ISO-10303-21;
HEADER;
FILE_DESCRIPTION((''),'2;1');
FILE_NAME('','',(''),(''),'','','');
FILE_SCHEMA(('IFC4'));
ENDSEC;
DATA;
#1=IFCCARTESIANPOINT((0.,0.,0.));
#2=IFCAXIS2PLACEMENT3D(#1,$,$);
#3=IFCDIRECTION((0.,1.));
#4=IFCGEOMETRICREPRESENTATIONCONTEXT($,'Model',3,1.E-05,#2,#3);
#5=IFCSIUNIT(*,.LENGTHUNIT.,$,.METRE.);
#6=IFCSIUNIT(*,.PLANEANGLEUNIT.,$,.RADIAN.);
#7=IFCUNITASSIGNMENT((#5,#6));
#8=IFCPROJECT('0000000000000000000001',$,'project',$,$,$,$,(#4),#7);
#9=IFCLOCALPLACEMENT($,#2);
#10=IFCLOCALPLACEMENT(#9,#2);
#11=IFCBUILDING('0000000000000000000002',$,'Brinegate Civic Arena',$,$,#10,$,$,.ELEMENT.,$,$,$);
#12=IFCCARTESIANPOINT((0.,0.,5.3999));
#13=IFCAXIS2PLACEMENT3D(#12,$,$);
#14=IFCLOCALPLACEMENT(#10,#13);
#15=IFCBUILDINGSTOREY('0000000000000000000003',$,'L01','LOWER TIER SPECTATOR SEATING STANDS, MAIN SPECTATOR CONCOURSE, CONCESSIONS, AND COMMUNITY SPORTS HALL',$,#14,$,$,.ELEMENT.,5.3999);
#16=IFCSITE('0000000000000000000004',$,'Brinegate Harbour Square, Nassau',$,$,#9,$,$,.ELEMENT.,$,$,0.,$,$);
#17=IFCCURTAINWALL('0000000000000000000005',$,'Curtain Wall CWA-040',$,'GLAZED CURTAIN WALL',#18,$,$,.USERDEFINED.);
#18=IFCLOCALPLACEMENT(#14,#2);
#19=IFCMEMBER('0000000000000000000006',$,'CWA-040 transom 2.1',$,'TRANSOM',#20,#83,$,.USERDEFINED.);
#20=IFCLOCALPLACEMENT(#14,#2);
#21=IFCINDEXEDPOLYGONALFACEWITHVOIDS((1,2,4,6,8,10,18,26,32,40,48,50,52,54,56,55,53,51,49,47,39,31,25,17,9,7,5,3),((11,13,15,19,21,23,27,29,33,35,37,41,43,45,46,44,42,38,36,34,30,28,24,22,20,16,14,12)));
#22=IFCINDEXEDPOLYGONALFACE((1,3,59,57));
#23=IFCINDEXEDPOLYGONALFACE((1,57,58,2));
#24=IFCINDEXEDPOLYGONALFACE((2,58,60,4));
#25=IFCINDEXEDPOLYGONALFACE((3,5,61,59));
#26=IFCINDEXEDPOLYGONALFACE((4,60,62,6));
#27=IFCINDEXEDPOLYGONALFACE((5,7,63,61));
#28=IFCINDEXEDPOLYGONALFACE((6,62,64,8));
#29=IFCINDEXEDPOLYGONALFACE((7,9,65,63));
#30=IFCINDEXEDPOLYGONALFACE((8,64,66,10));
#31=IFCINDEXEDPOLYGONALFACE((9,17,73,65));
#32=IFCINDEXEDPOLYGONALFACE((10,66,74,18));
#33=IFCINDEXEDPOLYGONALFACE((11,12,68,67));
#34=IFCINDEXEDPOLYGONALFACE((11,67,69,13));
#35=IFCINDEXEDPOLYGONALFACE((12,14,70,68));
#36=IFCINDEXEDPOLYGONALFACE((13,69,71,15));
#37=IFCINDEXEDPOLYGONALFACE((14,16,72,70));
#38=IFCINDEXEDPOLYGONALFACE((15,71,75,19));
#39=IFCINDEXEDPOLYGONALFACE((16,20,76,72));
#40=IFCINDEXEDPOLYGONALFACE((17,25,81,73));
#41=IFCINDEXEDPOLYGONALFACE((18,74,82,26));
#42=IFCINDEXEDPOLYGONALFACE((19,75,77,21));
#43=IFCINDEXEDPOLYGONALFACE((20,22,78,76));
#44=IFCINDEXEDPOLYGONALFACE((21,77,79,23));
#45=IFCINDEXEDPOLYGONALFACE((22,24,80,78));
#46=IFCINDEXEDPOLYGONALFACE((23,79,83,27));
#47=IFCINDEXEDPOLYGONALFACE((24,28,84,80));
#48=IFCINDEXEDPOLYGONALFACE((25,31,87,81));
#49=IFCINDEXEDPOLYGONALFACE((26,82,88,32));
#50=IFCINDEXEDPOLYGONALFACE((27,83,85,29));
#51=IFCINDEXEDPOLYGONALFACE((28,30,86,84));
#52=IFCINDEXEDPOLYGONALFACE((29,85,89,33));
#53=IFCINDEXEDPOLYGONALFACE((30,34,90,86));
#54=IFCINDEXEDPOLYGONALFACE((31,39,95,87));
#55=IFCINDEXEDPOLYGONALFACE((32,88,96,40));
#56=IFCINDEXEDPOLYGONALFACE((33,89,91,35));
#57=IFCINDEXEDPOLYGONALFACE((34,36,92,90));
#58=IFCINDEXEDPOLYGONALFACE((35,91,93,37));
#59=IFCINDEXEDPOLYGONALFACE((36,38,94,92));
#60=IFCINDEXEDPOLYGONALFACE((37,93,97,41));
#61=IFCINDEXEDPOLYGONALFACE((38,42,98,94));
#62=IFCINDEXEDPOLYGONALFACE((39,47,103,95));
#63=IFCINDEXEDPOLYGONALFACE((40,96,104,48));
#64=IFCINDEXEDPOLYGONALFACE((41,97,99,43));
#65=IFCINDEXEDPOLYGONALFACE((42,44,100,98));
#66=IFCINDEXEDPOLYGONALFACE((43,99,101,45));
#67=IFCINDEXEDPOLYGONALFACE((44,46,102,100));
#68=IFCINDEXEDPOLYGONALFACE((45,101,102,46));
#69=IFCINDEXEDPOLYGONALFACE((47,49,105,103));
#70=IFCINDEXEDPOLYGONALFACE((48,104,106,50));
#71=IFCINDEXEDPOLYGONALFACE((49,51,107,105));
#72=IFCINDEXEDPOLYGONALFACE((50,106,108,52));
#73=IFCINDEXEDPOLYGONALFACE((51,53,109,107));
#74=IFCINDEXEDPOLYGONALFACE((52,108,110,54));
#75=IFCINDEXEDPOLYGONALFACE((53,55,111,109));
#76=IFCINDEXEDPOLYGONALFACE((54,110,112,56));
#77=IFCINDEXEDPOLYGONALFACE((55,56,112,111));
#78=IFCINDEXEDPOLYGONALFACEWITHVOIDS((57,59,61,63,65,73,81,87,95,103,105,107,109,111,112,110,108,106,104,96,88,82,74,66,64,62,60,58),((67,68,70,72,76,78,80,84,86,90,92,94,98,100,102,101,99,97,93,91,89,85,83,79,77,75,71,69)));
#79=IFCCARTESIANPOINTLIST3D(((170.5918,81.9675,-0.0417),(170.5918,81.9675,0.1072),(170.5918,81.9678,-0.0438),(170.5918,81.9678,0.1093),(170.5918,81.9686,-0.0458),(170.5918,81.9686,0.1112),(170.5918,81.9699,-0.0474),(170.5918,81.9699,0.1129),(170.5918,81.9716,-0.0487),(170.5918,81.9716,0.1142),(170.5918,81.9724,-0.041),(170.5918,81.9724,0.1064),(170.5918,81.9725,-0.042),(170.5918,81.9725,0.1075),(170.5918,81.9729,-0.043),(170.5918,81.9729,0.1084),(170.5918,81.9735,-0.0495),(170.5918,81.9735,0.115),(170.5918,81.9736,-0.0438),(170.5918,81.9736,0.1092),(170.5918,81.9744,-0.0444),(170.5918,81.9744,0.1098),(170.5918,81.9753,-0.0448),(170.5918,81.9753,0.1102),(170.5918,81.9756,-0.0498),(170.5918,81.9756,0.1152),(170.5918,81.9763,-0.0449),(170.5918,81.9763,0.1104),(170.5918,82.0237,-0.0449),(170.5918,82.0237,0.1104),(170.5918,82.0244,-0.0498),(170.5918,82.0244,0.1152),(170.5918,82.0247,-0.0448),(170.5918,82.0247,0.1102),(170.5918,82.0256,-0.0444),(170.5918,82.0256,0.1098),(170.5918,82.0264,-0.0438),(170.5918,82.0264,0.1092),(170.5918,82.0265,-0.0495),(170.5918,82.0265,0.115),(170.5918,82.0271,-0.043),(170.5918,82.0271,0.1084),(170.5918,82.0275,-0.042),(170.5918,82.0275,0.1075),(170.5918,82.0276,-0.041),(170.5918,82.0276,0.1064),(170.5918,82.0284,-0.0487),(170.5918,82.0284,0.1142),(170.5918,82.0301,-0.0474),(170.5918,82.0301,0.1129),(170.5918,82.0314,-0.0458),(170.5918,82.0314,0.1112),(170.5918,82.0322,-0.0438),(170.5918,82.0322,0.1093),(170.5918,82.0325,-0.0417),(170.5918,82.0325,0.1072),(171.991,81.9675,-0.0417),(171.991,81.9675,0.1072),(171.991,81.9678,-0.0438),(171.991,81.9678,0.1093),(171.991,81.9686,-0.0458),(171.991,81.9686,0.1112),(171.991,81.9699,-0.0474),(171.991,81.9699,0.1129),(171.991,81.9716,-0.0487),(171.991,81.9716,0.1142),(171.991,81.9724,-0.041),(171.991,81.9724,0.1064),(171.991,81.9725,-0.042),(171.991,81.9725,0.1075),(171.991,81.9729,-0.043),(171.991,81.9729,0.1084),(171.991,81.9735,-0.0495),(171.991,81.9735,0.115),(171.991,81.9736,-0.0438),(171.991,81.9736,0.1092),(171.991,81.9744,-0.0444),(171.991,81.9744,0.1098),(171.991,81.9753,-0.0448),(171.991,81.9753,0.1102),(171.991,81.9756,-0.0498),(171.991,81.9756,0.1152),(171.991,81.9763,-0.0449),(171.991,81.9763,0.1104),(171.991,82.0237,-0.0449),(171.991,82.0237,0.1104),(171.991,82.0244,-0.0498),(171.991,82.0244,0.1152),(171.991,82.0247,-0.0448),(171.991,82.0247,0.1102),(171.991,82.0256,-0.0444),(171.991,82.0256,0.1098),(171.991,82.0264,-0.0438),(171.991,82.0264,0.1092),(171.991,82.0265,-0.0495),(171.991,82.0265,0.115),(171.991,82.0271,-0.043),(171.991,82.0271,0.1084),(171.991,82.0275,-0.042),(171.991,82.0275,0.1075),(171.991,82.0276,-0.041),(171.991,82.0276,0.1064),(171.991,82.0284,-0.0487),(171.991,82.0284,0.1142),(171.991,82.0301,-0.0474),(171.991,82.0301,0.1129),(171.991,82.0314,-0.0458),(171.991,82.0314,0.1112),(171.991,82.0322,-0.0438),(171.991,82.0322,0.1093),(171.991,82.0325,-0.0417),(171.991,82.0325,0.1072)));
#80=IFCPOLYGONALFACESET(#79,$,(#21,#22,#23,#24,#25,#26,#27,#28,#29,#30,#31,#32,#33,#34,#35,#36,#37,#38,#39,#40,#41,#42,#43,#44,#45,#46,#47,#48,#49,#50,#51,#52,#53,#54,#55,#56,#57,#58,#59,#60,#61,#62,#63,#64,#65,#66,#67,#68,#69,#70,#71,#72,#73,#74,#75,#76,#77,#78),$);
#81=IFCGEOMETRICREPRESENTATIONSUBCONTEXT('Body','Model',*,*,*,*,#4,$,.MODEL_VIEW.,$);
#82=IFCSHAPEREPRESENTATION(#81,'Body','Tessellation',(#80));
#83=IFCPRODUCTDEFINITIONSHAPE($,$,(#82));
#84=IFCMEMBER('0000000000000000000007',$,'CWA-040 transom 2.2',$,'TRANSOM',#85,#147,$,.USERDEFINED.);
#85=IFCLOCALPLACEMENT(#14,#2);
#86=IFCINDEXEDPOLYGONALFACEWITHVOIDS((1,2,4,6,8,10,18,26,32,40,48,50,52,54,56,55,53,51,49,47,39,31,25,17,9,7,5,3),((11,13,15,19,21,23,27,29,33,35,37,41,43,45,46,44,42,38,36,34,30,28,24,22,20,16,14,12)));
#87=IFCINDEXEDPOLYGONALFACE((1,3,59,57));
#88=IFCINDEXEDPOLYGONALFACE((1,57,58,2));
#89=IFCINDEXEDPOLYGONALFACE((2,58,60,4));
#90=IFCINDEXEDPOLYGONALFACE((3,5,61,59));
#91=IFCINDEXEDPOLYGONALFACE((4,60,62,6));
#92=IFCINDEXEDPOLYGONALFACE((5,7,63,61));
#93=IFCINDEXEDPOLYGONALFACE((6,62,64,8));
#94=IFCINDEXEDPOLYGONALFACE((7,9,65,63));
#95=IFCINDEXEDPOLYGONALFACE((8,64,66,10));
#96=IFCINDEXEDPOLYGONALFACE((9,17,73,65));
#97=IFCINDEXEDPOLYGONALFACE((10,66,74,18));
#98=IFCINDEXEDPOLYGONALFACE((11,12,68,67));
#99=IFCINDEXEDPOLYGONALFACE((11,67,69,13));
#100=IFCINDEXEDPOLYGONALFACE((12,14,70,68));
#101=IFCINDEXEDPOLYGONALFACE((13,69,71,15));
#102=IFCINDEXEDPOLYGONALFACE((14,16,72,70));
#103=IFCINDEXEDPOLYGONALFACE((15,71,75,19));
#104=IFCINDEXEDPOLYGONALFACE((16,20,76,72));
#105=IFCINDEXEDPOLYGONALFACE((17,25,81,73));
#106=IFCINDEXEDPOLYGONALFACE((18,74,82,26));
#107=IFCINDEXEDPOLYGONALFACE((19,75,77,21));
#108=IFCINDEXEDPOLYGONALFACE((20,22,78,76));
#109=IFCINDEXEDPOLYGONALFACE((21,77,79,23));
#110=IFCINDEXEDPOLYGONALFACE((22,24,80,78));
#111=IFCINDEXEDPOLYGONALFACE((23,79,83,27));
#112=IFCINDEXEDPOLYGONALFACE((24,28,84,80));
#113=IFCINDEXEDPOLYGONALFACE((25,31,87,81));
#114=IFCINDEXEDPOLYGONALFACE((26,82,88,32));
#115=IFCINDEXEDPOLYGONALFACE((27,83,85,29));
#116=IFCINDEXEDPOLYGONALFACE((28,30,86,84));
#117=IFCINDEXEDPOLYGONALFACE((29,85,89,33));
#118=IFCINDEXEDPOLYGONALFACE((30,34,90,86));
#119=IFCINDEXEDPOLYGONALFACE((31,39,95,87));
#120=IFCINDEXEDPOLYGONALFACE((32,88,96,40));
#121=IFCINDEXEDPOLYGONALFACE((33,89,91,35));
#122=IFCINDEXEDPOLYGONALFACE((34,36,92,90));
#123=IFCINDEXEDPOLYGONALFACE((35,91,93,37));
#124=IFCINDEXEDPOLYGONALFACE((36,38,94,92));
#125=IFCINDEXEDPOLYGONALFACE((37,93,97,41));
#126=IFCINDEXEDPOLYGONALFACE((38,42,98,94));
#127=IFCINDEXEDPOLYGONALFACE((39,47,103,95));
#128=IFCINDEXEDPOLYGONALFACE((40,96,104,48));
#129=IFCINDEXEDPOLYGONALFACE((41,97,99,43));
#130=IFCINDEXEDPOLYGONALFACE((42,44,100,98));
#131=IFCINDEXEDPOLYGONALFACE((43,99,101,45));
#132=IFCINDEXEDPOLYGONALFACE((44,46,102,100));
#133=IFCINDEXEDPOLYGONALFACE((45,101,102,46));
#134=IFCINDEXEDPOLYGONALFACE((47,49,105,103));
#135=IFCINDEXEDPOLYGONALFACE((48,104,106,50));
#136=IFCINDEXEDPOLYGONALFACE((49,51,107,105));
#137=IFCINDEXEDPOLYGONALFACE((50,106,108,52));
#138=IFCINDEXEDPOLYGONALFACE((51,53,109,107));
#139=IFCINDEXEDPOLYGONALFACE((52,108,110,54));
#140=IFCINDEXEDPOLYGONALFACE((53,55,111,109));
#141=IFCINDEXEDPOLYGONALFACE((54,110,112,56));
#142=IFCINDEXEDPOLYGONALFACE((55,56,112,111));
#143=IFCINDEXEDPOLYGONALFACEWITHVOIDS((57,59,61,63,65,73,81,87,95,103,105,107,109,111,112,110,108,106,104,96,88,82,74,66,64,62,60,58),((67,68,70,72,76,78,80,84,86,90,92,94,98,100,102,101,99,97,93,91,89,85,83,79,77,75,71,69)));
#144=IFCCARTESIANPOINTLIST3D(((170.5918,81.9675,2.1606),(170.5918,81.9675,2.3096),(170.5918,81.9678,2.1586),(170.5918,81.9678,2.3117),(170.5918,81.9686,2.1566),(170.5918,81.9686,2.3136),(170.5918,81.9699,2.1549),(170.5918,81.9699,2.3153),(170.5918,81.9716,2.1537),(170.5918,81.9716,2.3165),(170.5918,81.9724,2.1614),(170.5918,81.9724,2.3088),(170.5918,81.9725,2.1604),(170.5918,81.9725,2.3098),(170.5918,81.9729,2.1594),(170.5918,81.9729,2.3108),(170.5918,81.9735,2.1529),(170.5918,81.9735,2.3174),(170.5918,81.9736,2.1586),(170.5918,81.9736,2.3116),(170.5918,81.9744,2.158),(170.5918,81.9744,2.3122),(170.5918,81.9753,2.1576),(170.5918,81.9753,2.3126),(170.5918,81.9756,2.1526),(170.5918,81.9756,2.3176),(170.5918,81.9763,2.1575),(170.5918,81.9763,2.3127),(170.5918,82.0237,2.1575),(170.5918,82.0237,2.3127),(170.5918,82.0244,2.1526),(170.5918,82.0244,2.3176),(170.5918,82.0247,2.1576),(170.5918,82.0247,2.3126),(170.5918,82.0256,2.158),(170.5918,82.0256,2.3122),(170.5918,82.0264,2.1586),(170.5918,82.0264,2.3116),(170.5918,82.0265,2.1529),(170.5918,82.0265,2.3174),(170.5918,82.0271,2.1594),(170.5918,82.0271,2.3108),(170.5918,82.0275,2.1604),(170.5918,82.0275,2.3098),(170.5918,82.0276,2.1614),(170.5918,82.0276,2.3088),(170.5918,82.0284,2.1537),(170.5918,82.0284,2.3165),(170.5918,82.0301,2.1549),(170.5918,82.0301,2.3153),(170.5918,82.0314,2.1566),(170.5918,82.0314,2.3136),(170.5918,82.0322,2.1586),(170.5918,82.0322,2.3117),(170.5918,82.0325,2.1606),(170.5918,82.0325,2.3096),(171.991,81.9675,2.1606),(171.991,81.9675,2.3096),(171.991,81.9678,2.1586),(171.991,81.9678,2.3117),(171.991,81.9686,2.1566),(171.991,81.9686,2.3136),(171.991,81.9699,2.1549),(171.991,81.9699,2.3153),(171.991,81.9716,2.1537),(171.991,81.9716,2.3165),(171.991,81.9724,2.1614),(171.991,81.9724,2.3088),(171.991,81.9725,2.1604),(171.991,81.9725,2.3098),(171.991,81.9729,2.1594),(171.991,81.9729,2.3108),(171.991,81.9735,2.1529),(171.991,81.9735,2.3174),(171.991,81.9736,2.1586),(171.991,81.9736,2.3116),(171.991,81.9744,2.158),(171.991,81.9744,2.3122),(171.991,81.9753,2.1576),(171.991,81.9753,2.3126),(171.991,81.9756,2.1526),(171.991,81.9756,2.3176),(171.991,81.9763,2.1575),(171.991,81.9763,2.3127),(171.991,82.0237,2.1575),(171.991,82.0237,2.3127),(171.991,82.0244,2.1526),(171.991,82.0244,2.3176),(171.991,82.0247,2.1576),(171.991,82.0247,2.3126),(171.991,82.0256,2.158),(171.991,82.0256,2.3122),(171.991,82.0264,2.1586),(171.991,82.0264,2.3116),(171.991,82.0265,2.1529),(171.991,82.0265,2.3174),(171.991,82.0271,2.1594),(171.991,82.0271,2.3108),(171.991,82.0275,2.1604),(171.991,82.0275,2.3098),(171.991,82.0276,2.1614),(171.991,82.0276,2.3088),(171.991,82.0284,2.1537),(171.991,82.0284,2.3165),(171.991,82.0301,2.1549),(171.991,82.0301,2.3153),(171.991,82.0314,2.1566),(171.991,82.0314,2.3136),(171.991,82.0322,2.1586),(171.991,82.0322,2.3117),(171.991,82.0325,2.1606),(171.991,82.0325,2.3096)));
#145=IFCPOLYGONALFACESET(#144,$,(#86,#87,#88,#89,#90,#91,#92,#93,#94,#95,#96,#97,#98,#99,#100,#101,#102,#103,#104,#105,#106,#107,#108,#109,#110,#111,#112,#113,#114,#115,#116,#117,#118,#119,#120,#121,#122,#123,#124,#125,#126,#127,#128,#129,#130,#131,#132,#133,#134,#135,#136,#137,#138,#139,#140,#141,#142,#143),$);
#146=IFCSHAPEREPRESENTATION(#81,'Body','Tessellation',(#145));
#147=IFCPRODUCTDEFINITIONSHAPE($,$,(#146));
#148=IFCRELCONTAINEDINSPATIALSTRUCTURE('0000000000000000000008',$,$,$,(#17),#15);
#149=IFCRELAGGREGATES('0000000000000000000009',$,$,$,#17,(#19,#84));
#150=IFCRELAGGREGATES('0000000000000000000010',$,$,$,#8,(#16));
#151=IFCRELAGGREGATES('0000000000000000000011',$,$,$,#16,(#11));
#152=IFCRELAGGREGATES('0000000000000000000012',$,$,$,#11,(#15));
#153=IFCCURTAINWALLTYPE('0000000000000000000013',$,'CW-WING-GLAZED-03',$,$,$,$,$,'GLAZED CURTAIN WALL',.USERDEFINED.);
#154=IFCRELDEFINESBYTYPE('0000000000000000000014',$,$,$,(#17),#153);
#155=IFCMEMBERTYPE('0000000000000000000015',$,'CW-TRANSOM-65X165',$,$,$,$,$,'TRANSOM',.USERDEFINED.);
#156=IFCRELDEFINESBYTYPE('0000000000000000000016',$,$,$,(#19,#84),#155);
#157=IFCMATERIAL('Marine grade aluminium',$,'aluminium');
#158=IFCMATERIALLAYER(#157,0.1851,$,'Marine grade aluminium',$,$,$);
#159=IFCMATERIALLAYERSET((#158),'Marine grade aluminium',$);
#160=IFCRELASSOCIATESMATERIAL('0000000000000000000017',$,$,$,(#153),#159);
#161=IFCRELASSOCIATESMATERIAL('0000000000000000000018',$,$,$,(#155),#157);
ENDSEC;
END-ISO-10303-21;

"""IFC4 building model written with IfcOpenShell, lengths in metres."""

from ifc_helpers import new_model, si_unit, direction, frame, origin, origin_2d, place, context, subcontext, project, spatial, hollow_rectangle, extrude, material, layer, layer_set, material_profile, profile_set, type_object, element, aggregate, save


model = new_model("IFC4")

# Units and contexts
model_context = context("Model", 3, precision=1e-05, world=origin(), true_north=direction((0.0, 1.0)))
body_context = subcontext(model_context, "Body", "Model", "MODEL_VIEW")
ifc_project = project(units=[si_unit("LENGTHUNIT", "METRE"), si_unit("PLANEANGLEUNIT", "RADIAN")], contexts=[model_context])

# Site, building, storey
site_placement = place(None, origin())
site = spatial("IfcSite", under=ifc_project, at=site_placement, Name="Brinegate Harbour Square, Nassau", CompositionType="ELEMENT", RefElevation=0.0)
building_placement = place(site_placement, origin())
building = spatial("IfcBuilding", under=site, at=building_placement, Name="Brinegate Civic Arena", CompositionType="ELEMENT")
storey_placement = place(building_placement, frame((0.0, 0.0, 5.3999)))
storey = spatial("IfcBuildingStorey", under=building, at=storey_placement, Name="L01", Description="LOWER TIER SPECTATOR SEATING STANDS, MAIN SPECTATOR CONCOURSE, CONCESSIONS, AND COMMUNITY SPORTS HALL", CompositionType="ELEMENT", Elevation=5.3999)

# Curtain wall, members
ifc_material_1 = material(Name="Marine grade aluminium", Category="aluminium")
ifc_layer_1 = layer(ifc_material_1, 0.1851, Name="Marine grade aluminium")
ifc_layer_set_1 = layer_set([ifc_layer_1], Name="Marine grade aluminium")
curtain_wall_type = type_object("IfcCurtainWallType", Name="CW-WING-GLAZED-03", ElementType="GLAZED CURTAIN WALL", PredefinedType="USERDEFINED", material=ifc_layer_set_1)
curtain_wall_placement = place(storey_placement, origin())
curtain_wall = element("IfcCurtainWall", 1, at=curtain_wall_placement, inside=storey, type_object=curtain_wall_type, Name="Curtain Wall CWA-040", ObjectType="GLAZED CURTAIN WALL", PredefinedType="USERDEFINED")
ifc_material_profile_1 = material_profile(ifc_material_1, hollow_rectangle(XDim=0.0649, YDim=0.165, WallThickness=0.0049, InnerFilletRadius=0.0039, OuterFilletRadius=0.0081, at=origin_2d()), Name="TRN65X165")
ifc_profile_set_1 = profile_set([ifc_material_profile_1], Name="Marine grade aluminium")
member_type_1 = type_object("IfcMemberType", Name="CW-TRANSOM-65X165", ElementType="TRANSOM", PredefinedType="USERDEFINED", material=ifc_profile_set_1)
member_1_placement = place(storey_placement, frame((170.5918, 82.0, 0.0327), z_axis=(1.0, 0.0, 0.0), x_axis=(0.0, 1.0, 0.0)))
member_1 = element("IfcMember", 2, at=member_1_placement, type_object=member_type_1, Name="CWA-040 transom 2.1", ObjectType="TRANSOM", PredefinedType="USERDEFINED", context=body_context, shape_type="SweptSolid", body=[
    extrude(hollow_rectangle(XDim=0.0649, YDim=0.165, WallThickness=0.0049, InnerFilletRadius=0.0039, OuterFilletRadius=0.0081, at=origin_2d()), origin(), (0.0, 0.0, 1.0), 1.3992),
])
member_2_placement = place(storey_placement, frame((170.5918, 82.0, 2.2351), z_axis=(1.0, 0.0, 0.0), x_axis=(0.0, 1.0, 0.0)))
member_2 = element("IfcMember", 3, at=member_2_placement, type_object=member_type_1, Name="CWA-040 transom 2.2", ObjectType="TRANSOM", PredefinedType="USERDEFINED", context=body_context, shape_type="SweptSolid", body=[
    extrude(hollow_rectangle(XDim=0.0649, YDim=0.165, WallThickness=0.0049, InnerFilletRadius=0.0039, OuterFilletRadius=0.0081, at=origin_2d()), origin(), (0.0, 0.0, 1.0), 1.3992),
])

aggregate(curtain_wall, [member_1, member_2])

save(model, "model.ifc")
